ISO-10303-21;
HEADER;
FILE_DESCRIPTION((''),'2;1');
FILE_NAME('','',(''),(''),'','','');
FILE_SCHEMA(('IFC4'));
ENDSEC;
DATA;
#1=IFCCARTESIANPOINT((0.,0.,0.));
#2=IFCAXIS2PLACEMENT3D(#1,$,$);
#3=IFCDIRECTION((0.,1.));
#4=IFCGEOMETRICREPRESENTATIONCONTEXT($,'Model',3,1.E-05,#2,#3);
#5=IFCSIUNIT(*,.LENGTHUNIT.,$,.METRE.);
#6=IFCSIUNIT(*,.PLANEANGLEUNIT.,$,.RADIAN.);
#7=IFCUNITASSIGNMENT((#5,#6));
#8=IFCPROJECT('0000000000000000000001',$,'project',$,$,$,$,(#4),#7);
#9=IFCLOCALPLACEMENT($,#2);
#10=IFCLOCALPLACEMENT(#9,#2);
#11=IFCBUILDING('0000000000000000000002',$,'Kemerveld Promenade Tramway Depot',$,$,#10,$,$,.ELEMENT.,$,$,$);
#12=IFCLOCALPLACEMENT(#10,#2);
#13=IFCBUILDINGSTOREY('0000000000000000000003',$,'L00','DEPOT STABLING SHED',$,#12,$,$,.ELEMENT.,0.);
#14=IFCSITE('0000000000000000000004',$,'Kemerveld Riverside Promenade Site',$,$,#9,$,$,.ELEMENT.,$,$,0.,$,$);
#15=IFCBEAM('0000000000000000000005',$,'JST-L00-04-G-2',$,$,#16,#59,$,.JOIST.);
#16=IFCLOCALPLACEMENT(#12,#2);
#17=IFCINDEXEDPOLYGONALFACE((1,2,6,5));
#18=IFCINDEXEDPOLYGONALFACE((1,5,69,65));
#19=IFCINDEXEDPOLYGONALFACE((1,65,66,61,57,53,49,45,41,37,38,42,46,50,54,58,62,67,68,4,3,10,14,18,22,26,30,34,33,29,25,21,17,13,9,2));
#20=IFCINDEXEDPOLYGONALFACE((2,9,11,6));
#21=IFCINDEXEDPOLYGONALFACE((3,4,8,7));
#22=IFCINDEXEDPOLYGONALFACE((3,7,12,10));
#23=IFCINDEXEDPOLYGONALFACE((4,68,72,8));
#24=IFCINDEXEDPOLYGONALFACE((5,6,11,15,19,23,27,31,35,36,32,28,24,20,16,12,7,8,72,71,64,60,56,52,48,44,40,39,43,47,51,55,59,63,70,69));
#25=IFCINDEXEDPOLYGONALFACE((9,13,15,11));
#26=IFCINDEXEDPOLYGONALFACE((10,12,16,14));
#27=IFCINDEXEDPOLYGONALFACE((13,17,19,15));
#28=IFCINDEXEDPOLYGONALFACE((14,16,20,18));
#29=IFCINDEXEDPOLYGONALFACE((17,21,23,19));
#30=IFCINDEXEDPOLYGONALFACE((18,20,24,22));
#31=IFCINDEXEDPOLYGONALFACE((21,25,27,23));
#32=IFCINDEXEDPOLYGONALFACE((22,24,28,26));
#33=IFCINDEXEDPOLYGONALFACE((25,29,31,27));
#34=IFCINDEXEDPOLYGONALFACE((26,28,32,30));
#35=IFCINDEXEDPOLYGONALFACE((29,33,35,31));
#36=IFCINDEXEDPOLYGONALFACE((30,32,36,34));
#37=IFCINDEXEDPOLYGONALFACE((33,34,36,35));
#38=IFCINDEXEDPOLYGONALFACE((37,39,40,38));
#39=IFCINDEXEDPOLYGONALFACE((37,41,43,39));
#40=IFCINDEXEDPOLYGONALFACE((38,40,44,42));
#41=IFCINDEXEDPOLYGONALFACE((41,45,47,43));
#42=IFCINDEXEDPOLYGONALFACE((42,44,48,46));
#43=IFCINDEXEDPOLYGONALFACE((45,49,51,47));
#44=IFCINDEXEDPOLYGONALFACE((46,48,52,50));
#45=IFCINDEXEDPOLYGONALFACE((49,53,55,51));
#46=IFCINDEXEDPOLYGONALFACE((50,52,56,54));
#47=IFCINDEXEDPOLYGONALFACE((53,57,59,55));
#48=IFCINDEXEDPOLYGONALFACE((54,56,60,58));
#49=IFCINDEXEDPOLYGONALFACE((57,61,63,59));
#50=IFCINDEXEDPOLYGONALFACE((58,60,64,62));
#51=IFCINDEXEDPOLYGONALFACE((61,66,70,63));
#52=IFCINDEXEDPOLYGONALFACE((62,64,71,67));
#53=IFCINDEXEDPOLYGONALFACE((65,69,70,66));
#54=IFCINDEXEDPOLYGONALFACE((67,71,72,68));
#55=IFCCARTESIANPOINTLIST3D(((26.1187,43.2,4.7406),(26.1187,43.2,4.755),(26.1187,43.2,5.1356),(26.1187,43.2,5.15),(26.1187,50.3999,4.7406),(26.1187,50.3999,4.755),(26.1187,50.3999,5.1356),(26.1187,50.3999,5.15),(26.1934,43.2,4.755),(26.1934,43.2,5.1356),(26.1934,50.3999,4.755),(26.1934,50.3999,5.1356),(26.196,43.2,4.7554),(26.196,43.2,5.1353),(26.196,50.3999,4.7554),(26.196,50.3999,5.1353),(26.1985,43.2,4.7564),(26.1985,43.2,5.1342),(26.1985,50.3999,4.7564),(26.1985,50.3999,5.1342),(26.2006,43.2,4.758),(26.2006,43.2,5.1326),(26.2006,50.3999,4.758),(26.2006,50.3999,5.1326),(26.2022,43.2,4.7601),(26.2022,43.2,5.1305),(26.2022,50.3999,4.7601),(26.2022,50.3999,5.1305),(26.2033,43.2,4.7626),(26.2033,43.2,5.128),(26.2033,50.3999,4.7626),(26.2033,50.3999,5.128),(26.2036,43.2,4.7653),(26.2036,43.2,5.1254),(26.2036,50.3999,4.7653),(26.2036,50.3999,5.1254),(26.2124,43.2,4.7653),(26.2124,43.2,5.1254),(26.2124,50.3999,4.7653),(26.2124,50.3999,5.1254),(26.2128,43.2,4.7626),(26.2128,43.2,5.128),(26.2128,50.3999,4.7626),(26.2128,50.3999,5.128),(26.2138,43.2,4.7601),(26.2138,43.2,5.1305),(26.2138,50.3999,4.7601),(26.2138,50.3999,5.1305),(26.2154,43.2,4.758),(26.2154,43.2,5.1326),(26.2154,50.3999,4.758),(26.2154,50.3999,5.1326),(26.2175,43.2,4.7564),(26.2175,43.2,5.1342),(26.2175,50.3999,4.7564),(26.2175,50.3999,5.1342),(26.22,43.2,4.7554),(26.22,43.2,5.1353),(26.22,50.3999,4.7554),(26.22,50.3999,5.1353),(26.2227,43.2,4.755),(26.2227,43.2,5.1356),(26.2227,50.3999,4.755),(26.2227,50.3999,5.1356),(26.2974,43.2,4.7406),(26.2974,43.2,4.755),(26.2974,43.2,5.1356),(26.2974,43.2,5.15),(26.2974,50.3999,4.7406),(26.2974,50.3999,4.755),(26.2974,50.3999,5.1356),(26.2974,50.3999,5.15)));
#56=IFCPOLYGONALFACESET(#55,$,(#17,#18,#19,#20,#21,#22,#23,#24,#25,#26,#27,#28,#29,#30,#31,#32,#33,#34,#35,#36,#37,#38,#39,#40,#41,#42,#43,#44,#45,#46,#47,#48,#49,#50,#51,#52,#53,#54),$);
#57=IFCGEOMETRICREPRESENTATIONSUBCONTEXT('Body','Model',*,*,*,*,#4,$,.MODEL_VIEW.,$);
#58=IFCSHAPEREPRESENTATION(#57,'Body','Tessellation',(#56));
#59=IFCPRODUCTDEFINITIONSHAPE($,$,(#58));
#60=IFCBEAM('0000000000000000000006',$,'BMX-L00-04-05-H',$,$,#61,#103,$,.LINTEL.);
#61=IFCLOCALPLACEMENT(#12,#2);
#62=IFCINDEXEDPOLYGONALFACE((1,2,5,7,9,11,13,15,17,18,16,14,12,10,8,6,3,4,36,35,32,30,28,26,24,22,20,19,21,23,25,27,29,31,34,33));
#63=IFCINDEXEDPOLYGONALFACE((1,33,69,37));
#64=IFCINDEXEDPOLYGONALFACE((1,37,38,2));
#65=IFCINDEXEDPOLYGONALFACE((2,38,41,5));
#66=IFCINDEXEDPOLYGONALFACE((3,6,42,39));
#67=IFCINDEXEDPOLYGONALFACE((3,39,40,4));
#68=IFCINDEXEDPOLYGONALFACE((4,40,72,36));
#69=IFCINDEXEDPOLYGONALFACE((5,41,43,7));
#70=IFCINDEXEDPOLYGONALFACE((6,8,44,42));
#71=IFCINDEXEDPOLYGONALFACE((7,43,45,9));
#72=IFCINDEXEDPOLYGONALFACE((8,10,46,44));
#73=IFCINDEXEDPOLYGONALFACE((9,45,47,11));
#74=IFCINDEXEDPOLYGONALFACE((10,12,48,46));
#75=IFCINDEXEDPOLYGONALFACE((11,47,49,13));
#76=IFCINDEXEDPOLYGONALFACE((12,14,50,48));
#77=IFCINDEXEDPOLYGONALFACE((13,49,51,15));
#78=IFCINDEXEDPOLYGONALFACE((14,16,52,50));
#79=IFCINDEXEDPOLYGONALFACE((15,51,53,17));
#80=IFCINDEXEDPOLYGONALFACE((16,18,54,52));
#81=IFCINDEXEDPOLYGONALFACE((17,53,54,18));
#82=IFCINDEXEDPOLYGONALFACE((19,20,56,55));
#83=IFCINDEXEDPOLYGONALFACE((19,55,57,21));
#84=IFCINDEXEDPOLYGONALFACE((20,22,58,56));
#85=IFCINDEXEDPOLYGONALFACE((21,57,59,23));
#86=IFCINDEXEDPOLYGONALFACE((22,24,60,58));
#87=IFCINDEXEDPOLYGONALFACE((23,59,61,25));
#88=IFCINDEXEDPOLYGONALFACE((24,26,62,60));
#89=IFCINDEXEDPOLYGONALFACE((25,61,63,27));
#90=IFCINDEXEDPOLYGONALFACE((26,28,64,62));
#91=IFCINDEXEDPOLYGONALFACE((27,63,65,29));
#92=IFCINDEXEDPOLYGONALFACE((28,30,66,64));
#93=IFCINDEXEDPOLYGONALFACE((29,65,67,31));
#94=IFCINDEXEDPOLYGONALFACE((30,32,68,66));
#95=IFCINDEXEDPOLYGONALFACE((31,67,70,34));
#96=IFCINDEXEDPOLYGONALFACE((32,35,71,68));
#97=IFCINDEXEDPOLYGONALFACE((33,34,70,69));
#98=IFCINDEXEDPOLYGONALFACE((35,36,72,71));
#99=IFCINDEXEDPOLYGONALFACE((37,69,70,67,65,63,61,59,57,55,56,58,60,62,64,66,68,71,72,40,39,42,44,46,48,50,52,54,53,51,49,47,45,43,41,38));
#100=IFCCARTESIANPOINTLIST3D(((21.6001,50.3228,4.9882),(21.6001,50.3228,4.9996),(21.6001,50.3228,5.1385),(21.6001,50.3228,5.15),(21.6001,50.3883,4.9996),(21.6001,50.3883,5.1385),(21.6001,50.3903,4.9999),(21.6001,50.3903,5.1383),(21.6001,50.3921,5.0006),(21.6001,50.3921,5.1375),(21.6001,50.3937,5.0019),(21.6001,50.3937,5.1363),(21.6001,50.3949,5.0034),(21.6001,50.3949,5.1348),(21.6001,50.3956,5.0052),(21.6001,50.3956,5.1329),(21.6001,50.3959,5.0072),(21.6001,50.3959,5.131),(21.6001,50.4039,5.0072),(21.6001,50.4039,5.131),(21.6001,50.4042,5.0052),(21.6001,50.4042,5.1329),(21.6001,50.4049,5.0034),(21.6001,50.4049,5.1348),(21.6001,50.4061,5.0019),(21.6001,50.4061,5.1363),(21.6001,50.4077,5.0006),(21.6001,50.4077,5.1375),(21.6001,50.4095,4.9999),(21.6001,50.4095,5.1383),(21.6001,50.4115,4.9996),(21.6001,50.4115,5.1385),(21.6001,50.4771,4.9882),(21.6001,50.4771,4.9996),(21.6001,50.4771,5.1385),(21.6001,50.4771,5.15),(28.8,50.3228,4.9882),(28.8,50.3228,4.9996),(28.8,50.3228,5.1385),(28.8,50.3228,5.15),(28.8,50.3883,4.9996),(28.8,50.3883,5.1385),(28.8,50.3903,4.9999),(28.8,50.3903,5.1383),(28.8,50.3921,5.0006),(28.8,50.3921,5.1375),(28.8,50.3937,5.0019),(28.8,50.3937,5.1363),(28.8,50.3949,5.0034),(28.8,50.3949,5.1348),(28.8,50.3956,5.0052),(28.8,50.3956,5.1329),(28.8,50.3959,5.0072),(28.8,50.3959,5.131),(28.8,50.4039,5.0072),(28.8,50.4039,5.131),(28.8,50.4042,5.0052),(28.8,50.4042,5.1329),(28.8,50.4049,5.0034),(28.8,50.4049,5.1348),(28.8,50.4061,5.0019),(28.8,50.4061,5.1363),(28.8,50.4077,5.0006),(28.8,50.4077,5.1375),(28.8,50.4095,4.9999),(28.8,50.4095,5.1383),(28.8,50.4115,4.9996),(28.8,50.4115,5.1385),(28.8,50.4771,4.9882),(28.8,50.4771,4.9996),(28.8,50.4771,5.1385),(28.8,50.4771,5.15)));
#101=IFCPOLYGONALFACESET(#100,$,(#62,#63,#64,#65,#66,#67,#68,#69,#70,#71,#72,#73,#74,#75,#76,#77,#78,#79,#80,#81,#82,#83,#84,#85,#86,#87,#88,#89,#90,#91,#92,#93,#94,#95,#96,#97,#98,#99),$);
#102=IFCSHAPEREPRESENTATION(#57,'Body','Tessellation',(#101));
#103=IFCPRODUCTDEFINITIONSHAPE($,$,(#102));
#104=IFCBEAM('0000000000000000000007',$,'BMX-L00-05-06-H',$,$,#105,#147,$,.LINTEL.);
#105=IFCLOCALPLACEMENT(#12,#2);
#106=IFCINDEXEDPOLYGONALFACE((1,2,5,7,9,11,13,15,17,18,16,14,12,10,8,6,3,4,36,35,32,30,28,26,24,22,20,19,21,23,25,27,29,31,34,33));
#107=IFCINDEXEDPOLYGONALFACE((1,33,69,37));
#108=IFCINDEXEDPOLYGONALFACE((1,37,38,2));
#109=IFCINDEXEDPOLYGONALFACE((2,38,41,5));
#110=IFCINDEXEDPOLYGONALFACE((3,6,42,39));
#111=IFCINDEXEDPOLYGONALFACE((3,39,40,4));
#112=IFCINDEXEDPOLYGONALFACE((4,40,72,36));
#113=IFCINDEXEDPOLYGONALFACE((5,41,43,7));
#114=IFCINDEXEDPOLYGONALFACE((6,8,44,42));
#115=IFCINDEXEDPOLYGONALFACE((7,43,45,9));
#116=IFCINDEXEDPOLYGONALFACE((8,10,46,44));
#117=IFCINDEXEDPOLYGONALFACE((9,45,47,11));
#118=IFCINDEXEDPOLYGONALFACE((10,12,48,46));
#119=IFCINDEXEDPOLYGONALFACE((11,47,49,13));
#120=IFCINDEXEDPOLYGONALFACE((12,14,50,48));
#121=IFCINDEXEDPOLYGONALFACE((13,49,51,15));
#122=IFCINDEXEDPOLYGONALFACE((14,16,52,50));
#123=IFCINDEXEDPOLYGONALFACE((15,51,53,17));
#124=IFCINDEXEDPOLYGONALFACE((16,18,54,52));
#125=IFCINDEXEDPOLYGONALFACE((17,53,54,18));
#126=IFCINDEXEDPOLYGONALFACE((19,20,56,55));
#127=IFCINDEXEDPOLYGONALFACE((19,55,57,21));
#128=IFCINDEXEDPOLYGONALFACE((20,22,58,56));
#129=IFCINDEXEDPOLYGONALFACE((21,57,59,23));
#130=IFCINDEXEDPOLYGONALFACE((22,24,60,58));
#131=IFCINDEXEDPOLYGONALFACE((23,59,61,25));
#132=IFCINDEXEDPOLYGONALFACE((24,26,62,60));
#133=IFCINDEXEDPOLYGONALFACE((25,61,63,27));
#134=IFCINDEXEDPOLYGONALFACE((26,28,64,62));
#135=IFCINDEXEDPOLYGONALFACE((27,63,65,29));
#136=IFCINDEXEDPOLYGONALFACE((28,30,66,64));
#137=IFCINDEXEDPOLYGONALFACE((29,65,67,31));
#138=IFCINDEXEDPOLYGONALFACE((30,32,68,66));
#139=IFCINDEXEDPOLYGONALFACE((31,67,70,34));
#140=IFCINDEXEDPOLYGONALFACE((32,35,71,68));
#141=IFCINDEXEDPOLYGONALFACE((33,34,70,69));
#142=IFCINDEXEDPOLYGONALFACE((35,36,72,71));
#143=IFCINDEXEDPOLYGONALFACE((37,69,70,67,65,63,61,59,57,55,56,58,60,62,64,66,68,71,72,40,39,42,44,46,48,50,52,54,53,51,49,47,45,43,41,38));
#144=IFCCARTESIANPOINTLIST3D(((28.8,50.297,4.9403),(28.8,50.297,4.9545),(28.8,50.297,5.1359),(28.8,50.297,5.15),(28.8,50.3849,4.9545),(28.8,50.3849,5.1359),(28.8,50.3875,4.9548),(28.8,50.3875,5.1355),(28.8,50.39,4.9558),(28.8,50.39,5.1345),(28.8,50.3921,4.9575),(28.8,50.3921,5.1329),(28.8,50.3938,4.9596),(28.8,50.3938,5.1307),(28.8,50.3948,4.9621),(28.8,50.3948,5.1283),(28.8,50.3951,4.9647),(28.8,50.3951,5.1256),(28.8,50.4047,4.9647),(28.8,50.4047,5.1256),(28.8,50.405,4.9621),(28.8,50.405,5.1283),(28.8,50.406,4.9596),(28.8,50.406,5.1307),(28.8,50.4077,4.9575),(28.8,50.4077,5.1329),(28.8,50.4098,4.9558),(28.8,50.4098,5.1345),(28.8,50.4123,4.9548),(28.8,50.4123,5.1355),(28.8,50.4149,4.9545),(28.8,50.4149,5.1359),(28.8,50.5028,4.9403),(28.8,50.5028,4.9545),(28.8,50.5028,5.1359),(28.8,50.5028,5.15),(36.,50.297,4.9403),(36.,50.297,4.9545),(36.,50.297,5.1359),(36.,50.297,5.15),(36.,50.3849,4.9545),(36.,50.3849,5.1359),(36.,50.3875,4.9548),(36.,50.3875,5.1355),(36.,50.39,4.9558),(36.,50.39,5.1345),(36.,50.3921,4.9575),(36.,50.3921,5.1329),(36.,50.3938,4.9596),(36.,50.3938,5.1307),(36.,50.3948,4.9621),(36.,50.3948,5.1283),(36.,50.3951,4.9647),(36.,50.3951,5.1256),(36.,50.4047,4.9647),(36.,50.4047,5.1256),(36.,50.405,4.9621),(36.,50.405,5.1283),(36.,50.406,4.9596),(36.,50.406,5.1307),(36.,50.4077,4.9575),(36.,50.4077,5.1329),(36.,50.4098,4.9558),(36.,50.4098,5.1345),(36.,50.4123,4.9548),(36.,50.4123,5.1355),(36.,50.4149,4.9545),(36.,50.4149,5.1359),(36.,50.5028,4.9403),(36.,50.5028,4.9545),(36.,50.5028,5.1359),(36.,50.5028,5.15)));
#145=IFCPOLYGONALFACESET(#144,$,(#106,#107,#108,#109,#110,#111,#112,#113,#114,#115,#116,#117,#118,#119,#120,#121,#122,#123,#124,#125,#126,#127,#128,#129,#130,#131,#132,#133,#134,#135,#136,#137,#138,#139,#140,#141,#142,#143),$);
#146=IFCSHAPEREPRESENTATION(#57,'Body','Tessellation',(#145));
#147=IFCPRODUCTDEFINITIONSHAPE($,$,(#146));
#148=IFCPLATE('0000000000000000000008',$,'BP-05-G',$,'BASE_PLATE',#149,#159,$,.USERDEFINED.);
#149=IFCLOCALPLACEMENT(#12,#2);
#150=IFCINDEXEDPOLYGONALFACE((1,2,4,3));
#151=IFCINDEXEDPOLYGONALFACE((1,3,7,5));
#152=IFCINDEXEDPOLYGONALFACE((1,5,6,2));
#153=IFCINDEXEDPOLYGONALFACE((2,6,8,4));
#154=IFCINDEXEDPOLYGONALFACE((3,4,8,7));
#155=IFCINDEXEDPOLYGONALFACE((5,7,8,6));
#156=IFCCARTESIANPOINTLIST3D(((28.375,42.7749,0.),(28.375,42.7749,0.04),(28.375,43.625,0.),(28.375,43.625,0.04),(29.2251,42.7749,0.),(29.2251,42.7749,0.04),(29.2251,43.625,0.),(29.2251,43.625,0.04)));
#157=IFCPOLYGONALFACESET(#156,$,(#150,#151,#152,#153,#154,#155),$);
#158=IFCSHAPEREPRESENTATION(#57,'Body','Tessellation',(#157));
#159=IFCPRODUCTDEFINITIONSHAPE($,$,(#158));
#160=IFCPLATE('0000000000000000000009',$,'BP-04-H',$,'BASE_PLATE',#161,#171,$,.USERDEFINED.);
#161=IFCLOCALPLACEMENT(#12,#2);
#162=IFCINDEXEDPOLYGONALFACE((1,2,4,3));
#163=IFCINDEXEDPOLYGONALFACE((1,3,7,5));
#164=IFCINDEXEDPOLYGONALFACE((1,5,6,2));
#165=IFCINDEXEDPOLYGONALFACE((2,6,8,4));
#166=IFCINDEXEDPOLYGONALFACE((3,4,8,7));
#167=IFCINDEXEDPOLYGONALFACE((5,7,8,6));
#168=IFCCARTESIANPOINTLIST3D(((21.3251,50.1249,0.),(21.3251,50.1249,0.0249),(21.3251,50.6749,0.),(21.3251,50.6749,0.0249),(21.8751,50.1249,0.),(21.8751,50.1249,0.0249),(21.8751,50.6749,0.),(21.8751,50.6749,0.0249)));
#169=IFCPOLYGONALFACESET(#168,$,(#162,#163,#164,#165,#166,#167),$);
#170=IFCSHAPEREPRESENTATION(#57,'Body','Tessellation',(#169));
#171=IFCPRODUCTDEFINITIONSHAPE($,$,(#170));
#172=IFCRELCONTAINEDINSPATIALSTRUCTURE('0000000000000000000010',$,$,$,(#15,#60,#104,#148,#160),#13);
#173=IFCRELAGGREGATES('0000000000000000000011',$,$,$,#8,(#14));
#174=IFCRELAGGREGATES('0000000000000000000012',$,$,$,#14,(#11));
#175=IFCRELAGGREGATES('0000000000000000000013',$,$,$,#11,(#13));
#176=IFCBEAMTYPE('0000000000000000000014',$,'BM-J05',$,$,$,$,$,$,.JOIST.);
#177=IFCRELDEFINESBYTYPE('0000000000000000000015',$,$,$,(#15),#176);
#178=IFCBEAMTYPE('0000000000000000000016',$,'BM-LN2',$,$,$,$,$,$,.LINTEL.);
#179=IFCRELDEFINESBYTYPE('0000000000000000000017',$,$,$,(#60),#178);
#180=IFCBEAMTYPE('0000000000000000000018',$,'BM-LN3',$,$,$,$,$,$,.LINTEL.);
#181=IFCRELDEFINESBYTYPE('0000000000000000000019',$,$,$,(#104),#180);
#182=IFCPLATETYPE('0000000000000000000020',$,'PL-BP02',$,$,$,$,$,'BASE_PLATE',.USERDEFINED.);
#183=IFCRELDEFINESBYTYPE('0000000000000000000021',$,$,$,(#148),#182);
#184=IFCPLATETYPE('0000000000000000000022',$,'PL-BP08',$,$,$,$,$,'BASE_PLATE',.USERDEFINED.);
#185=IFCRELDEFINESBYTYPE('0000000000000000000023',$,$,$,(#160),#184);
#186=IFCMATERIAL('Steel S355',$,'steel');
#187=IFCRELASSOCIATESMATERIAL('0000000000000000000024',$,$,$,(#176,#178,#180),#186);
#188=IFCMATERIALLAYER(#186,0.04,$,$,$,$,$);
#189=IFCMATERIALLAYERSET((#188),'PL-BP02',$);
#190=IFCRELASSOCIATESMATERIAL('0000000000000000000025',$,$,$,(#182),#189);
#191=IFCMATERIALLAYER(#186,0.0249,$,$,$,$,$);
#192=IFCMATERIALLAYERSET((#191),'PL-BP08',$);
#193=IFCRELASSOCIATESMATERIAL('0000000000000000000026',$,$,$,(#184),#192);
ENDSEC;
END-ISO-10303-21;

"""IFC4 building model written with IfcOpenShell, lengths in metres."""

from ifc_helpers import new_model, si_unit, direction, frame, origin, origin_2d, place, context, subcontext, project, spatial, rectangle, i_section, extrude, material, layer, layer_set, material_profile, profile_set, type_object, element, save


model = new_model("IFC4")

# Units and contexts
model_context = context("Model", 3, precision=1e-05, world=origin(), true_north=direction((0.0, 1.0)))
body_context = subcontext(model_context, "Body", "Model", "MODEL_VIEW")
ifc_project = project(units=[si_unit("LENGTHUNIT", "METRE"), si_unit("PLANEANGLEUNIT", "RADIAN")], contexts=[model_context])

# Site, building, storey
site_placement = place(None, origin())
site = spatial("IfcSite", under=ifc_project, at=site_placement, Name="Kemerveld Riverside Promenade Site", CompositionType="ELEMENT", RefElevation=0.0)
building_placement = place(site_placement, origin())
building = spatial("IfcBuilding", under=site, at=building_placement, Name="Kemerveld Promenade Tramway Depot", CompositionType="ELEMENT")
storey_placement = place(building_placement, origin())
storey = spatial("IfcBuildingStorey", under=building, at=storey_placement, Name="L00", Description="DEPOT STABLING SHED", CompositionType="ELEMENT", Elevation=0.0)

# Shared definitions
ifc_material_1 = material(Name="Steel S355", Category="steel")

# Beams
ifc_material_profile_1 = material_profile(ifc_material_1, i_section(OverallWidth=0.1787, OverallDepth=0.4094, WebThickness=0.0088, FlangeThickness=0.0144, FilletRadius=0.0103, at=origin_2d()), Name="406x178x67 UB")
ifc_profile_set_1 = profile_set([ifc_material_profile_1], Name="Steel S355")
beam_type_1 = type_object("IfcBeamType", Name="BM-J05", PredefinedType="JOIST", material=ifc_profile_set_1)
for number, where, z_axis, x_axis, name in (
    (1, (26.208, 43.2, 4.9453), (0.0, 1.0, 0.0), (-1.0, 0.0, 0.0), "JST-L00-04-G-2"),
):
    element("IfcBeam", number, at=place(storey_placement, frame(where, z_axis=z_axis, x_axis=x_axis)), inside=storey, type_object=beam_type_1, Name=name, PredefinedType="JOIST", context=body_context, shape_type="SweptSolid", body=[
        extrude(i_section(OverallWidth=0.1787, OverallDepth=0.4094, WebThickness=0.0088, FlangeThickness=0.0144, FilletRadius=0.0103, at=origin_2d()), origin(), (0.0, 0.0, 1.0), 7.2),
    ])
ifc_material_profile_2 = material_profile(ifc_material_1, i_section(OverallWidth=0.1543, OverallDepth=0.1619, WebThickness=0.0081, FlangeThickness=0.0115, FilletRadius=0.0076, at=origin_2d()), Name="152x152x37 UC")
ifc_profile_set_2 = profile_set([ifc_material_profile_2], Name="Steel S355")
beam_type_2 = type_object("IfcBeamType", Name="BM-LN2", PredefinedType="LINTEL", material=ifc_profile_set_2)
beam_1_placement = place(storey_placement, frame((21.6001, 50.3999, 5.0691), z_axis=(1.0, 0.0, 0.0), x_axis=(0.0, 1.0, 0.0)))
element("IfcBeam", 2, at=beam_1_placement, inside=storey, type_object=beam_type_2, Name="BMX-L00-04-05-H", PredefinedType="LINTEL", context=body_context, shape_type="SweptSolid", body=[
    extrude(i_section(OverallWidth=0.1543, OverallDepth=0.1619, WebThickness=0.0081, FlangeThickness=0.0115, FilletRadius=0.0076, at=origin_2d()), origin(), (0.0, 0.0, 1.0), 7.2),
])
ifc_material_profile_3 = material_profile(ifc_material_1, i_section(OverallWidth=0.2058, OverallDepth=0.2097, WebThickness=0.0095, FlangeThickness=0.0142, FilletRadius=0.0103, at=origin_2d()), Name="203x203x60 UC")
ifc_profile_set_3 = profile_set([ifc_material_profile_3], Name="Steel S355")
beam_type_3 = type_object("IfcBeamType", Name="BM-LN3", PredefinedType="LINTEL", material=ifc_profile_set_3)
beam_2_placement = place(storey_placement, frame((28.8, 50.3999, 5.0452), z_axis=(1.0, 0.0, 0.0), x_axis=(0.0, 1.0, 0.0)))
element("IfcBeam", 3, at=beam_2_placement, inside=storey, type_object=beam_type_3, Name="BMX-L00-05-06-H", PredefinedType="LINTEL", context=body_context, shape_type="SweptSolid", body=[
    extrude(i_section(OverallWidth=0.2058, OverallDepth=0.2097, WebThickness=0.0095, FlangeThickness=0.0142, FilletRadius=0.0103, at=origin_2d()), origin(), (0.0, 0.0, 1.0), 7.2),
])

# Plates
ifc_layer_1 = layer(ifc_material_1, 0.04)
ifc_layer_set_1 = layer_set([ifc_layer_1], Name="PL-BP02")
plate_type_1 = type_object("IfcPlateType", Name="PL-BP02", ElementType="BASE_PLATE", PredefinedType="USERDEFINED", material=ifc_layer_set_1)
plate_1_placement = place(storey_placement, frame((28.8, 43.2, 0.0), z_axis=(0.0, 0.0, 1.0), x_axis=(1.0, 0.0, 0.0)))
element("IfcPlate", 4, at=plate_1_placement, inside=storey, type_object=plate_type_1, Name="BP-05-G", ObjectType="BASE_PLATE", PredefinedType="USERDEFINED", context=body_context, shape_type="SweptSolid", body=[
    extrude(rectangle(XDim=0.8501, YDim=0.8501, at=origin_2d()), origin(), (0.0, 0.0, 1.0), 0.04),
])
ifc_layer_2 = layer(ifc_material_1, 0.0249)
ifc_layer_set_2 = layer_set([ifc_layer_2], Name="PL-BP08")
plate_type_2 = type_object("IfcPlateType", Name="PL-BP08", ElementType="BASE_PLATE", PredefinedType="USERDEFINED", material=ifc_layer_set_2)
plate_2_placement = place(storey_placement, frame((21.6001, 50.3999, 0.0), z_axis=(0.0, 0.0, 1.0), x_axis=(1.0, 0.0, 0.0)))
element("IfcPlate", 5, at=plate_2_placement, inside=storey, type_object=plate_type_2, Name="BP-04-H", ObjectType="BASE_PLATE", PredefinedType="USERDEFINED", context=body_context, shape_type="SweptSolid", body=[
    extrude(rectangle(XDim=0.55, YDim=0.55, at=origin_2d()), origin(), (0.0, 0.0, 1.0), 0.0249),
])

save(model, "model.ifc")
